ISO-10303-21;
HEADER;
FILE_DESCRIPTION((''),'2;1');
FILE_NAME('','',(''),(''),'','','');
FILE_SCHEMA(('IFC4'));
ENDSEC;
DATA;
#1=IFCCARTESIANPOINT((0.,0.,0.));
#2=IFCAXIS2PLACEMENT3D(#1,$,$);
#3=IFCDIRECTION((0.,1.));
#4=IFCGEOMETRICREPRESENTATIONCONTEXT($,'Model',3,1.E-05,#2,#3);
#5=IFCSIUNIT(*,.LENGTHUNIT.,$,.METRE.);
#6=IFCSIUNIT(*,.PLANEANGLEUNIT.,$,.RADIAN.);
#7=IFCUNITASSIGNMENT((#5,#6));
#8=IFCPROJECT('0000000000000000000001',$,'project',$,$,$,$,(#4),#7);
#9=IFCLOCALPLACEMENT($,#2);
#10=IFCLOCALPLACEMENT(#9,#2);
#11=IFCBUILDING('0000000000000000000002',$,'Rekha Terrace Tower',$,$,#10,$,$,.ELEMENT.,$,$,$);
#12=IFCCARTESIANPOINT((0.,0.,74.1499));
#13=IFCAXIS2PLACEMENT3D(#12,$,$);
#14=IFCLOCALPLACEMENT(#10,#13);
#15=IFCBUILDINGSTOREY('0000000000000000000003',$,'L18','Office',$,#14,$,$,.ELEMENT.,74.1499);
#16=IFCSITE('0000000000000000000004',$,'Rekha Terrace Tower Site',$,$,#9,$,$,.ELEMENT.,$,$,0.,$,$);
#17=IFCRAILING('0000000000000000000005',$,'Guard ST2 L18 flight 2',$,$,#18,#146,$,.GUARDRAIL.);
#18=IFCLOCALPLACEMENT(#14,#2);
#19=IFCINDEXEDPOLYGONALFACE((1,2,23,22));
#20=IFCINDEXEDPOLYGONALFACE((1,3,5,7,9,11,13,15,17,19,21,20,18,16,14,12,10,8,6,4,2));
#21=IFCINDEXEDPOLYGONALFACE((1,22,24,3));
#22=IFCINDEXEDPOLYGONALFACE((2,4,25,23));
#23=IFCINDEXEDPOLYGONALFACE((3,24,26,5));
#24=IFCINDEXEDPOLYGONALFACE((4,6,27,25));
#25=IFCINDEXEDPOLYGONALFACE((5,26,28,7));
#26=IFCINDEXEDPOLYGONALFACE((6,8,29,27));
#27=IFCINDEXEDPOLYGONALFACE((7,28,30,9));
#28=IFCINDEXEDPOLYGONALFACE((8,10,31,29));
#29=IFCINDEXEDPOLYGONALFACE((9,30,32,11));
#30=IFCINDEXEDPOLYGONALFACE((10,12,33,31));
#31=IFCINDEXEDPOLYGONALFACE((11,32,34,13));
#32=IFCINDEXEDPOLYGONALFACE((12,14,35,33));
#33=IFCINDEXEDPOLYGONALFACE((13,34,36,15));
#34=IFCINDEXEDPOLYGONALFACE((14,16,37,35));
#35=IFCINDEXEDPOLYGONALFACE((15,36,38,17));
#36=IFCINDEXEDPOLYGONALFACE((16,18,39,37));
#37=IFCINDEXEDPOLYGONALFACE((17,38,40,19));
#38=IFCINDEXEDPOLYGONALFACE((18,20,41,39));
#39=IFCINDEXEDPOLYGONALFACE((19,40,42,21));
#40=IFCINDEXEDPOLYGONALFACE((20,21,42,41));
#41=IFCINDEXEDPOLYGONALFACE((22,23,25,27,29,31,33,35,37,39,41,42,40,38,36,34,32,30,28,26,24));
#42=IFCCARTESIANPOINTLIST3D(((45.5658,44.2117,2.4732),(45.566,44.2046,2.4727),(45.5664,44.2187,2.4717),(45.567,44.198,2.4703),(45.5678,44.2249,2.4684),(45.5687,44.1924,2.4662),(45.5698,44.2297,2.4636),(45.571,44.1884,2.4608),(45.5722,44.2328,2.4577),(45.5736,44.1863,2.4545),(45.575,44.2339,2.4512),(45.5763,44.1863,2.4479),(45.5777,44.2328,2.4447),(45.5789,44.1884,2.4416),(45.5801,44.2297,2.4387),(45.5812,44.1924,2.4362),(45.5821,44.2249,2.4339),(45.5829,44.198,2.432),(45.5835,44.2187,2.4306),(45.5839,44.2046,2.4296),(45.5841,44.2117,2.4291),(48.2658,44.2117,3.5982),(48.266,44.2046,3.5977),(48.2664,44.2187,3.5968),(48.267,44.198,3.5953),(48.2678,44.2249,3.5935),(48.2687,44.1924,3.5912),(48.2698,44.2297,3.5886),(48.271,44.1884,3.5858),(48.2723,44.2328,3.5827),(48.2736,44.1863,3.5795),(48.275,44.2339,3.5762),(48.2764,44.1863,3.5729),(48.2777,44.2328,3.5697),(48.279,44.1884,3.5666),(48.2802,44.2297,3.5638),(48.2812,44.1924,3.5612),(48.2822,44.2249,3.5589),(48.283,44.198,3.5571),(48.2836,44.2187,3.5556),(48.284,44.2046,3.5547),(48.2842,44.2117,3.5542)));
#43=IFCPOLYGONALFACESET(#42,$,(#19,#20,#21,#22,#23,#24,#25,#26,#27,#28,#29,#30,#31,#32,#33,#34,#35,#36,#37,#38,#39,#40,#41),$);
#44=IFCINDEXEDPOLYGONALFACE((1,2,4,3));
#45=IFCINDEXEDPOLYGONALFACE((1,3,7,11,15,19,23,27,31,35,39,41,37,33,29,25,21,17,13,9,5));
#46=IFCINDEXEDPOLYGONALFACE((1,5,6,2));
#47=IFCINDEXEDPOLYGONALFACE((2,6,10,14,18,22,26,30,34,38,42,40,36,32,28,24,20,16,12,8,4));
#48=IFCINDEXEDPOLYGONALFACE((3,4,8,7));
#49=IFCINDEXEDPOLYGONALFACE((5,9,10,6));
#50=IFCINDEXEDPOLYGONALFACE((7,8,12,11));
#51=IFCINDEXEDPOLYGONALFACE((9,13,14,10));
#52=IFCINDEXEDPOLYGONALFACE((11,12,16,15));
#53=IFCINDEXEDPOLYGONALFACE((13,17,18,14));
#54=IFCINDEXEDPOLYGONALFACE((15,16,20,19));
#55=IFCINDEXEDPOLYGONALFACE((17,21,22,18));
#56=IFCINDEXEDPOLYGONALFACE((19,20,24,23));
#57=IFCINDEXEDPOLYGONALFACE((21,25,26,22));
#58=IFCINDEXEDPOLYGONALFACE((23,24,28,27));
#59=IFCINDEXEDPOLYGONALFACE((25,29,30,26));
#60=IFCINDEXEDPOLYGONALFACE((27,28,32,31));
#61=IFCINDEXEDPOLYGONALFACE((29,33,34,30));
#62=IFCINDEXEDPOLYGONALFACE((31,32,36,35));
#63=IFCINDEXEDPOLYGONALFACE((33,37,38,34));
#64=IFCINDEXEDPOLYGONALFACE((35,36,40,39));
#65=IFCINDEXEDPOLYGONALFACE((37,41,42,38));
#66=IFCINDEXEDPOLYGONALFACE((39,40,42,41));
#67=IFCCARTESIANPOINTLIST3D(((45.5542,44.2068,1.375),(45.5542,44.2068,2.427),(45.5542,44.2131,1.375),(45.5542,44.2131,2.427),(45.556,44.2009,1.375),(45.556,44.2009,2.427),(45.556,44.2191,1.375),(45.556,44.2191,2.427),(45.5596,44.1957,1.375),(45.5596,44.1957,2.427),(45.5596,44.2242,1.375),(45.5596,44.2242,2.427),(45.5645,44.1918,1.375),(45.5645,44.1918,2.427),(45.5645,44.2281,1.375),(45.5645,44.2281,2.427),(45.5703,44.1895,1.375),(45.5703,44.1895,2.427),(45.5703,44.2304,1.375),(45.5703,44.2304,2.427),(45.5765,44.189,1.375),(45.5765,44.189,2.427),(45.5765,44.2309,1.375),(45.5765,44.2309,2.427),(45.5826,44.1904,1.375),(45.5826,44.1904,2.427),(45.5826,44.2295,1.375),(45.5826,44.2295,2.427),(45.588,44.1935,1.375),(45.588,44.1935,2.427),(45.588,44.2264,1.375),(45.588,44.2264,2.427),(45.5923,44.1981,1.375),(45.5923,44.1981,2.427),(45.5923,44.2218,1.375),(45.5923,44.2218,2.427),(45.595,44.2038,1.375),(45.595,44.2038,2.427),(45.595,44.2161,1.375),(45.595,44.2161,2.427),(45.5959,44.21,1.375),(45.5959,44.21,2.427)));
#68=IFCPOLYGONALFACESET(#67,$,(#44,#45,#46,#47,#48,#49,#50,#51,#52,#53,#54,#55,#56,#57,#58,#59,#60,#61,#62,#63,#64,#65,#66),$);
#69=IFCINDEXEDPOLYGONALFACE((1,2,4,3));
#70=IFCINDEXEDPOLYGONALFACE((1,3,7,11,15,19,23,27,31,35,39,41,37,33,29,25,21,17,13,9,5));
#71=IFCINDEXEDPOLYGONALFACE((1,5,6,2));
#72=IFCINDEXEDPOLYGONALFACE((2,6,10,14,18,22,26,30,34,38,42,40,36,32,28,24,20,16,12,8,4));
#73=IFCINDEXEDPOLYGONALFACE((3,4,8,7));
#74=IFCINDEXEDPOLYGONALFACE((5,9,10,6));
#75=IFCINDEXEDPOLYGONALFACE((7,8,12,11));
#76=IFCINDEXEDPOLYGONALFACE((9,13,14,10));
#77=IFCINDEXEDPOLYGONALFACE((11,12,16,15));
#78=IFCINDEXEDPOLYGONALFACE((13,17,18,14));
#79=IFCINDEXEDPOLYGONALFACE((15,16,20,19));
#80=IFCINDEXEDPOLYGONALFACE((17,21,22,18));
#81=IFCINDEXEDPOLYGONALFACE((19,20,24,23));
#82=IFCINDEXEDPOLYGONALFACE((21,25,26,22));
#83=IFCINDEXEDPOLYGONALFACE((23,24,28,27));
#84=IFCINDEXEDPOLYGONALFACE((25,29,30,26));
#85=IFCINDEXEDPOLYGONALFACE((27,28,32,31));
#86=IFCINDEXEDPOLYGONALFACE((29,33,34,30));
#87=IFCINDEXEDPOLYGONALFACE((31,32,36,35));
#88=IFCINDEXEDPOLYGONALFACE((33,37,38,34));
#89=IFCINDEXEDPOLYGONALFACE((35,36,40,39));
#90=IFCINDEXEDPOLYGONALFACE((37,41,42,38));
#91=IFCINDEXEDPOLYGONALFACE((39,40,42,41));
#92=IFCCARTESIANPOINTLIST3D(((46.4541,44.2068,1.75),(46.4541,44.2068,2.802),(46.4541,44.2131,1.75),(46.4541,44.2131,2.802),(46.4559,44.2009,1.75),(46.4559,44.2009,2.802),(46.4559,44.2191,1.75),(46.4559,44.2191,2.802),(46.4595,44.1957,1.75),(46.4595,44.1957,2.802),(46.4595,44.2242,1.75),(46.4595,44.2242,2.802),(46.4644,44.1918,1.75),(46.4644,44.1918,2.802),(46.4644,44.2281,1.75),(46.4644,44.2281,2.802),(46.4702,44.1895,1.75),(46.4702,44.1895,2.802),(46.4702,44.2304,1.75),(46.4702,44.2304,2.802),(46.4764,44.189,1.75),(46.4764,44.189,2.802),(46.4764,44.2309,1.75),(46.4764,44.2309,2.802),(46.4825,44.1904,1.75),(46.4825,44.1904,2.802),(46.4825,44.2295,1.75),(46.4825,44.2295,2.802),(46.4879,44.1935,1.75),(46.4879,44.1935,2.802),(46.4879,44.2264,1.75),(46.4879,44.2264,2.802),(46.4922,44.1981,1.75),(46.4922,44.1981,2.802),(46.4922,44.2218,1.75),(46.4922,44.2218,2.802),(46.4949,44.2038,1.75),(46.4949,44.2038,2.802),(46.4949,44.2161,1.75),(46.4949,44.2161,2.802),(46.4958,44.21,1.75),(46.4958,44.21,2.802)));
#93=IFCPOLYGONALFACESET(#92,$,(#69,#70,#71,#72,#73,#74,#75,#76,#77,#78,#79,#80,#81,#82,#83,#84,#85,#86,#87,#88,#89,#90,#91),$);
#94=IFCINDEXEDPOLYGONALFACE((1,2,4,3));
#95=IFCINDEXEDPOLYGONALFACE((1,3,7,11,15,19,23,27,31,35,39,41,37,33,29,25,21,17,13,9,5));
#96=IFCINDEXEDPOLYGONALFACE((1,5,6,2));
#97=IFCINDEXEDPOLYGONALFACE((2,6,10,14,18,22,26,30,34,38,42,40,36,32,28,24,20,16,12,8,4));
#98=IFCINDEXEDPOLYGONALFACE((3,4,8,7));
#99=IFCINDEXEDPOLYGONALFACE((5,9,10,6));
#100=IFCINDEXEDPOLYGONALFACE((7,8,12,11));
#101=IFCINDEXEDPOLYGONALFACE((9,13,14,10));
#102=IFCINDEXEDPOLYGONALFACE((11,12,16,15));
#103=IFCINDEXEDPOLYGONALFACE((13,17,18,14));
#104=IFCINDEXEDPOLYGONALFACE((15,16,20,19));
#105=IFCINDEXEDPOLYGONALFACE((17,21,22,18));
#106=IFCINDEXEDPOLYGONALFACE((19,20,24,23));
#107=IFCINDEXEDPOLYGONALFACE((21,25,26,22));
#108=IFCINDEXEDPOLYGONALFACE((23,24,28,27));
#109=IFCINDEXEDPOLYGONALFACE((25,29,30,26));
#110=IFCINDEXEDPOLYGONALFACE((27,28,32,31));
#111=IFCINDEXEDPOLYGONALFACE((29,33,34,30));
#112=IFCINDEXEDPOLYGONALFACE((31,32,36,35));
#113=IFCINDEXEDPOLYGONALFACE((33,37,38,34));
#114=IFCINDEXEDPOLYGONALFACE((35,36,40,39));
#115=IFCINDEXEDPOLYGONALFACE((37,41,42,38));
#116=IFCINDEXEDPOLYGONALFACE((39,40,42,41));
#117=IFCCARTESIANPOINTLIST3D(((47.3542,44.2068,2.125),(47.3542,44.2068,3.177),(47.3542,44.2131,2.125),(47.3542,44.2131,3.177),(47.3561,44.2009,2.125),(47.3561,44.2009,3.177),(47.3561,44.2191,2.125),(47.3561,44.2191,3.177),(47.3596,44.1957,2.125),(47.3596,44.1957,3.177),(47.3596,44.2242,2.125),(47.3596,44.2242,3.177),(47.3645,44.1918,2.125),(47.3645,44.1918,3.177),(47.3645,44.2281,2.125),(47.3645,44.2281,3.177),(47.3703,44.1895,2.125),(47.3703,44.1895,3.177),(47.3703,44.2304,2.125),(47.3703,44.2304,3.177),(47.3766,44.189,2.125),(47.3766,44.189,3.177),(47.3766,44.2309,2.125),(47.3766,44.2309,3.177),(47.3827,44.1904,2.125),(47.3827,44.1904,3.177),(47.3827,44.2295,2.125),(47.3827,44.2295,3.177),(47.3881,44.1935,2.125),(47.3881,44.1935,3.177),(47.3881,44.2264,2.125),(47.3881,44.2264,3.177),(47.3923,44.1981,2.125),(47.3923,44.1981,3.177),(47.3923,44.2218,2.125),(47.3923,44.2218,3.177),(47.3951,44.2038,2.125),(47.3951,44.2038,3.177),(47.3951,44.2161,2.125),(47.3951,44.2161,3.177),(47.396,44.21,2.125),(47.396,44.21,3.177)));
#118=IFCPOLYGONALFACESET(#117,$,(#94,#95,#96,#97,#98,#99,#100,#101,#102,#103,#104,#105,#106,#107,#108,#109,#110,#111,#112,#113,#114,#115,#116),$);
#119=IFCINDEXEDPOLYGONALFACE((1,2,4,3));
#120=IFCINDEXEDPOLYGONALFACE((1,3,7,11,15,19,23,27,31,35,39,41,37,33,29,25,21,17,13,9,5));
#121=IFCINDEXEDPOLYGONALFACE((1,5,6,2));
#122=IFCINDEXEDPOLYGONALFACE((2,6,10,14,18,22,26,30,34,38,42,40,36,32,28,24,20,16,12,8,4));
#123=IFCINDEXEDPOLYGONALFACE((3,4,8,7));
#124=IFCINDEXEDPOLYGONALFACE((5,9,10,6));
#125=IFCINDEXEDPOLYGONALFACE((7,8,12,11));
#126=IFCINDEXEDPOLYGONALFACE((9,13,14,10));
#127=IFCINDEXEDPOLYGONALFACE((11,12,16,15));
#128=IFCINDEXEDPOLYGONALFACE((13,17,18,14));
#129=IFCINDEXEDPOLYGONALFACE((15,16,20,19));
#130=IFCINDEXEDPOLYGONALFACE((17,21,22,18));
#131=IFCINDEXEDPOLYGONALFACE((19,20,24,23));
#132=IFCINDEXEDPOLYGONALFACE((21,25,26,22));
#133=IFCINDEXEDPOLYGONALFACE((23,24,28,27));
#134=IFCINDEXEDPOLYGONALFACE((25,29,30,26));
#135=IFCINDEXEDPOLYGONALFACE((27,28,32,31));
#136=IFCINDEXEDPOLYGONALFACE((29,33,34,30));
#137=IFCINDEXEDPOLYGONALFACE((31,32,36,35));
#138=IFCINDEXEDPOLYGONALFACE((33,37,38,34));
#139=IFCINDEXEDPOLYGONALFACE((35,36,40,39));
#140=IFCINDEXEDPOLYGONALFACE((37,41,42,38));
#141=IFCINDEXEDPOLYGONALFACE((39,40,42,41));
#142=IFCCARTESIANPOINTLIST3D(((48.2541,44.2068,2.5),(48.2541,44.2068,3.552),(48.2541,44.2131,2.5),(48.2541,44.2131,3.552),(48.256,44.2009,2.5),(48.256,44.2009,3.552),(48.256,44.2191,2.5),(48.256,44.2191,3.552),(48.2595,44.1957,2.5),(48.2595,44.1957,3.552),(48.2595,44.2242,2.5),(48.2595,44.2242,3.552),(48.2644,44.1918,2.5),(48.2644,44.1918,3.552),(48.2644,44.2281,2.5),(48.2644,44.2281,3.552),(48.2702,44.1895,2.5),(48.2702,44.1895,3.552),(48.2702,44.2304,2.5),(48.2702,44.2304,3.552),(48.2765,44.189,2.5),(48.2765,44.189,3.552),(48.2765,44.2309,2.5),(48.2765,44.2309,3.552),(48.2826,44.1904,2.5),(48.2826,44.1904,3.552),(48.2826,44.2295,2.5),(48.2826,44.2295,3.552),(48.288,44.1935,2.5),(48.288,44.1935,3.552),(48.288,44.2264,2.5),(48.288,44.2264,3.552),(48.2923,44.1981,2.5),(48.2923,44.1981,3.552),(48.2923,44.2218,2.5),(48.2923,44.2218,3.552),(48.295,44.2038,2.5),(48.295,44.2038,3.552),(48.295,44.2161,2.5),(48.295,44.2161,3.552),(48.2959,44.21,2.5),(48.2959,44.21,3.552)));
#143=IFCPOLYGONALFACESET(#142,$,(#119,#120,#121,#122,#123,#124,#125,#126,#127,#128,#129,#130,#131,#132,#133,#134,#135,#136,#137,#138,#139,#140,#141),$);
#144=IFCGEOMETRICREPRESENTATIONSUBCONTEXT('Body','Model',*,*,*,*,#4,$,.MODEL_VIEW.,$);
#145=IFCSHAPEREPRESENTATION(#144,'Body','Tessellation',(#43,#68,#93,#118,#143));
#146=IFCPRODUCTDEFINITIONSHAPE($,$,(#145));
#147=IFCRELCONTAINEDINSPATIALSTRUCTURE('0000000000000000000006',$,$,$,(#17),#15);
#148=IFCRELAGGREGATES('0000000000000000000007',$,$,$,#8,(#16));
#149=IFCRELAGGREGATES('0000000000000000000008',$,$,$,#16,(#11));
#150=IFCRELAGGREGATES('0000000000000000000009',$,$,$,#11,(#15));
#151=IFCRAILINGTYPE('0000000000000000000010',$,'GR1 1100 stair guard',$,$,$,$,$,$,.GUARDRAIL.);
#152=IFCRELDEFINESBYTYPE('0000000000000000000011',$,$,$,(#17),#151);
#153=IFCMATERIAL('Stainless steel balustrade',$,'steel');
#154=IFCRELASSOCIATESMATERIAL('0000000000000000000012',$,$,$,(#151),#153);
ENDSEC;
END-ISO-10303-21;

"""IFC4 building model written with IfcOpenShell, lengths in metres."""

from ifc_helpers import new_model, si_unit, direction, frame, origin, origin_2d, place, context, subcontext, project, spatial, circle, extrude, material, type_object, element, save


model = new_model("IFC4")

# Units and contexts
model_context = context("Model", 3, precision=1e-05, world=origin(), true_north=direction((0.0, 1.0)))
body_context = subcontext(model_context, "Body", "Model", "MODEL_VIEW")
ifc_project = project(units=[si_unit("LENGTHUNIT", "METRE"), si_unit("PLANEANGLEUNIT", "RADIAN")], contexts=[model_context])

# Site, building, storey
site_placement = place(None, origin())
site = spatial("IfcSite", under=ifc_project, at=site_placement, Name="Rekha Terrace Tower Site", CompositionType="ELEMENT", RefElevation=0.0)
building_placement = place(site_placement, origin())
building = spatial("IfcBuilding", under=site, at=building_placement, Name="Rekha Terrace Tower", CompositionType="ELEMENT")
storey_placement = place(building_placement, frame((0.0, 0.0, 74.1499)))
storey = spatial("IfcBuildingStorey", under=building, at=storey_placement, Name="L18", Description="Office", CompositionType="ELEMENT", Elevation=74.1499)

# Railing
ifc_material_1 = material(Name="Stainless steel balustrade", Category="steel")
railing_type_1 = type_object("IfcRailingType", Name="GR1 1100 stair guard", PredefinedType="GUARDRAIL", material=ifc_material_1)
railing_1_placement = place(storey_placement, frame((45.575, 44.21, 1.375)))
element("IfcRailing", 1, at=railing_1_placement, inside=storey, type_object=railing_type_1, Name="Guard ST2 L18 flight 2", PredefinedType="GUARDRAIL", context=body_context, shape_type="SweptSolid", body=[
    extrude(circle(Radius=0.0239, at=origin_2d()), frame((0.0, 0.0, 1.0762), z_axis=(0.923074, 0.0, 0.384621), x_axis=(0.0, 1.0, 0.0)), (0.0, 0.0, 1.0), 2.925),
    extrude(circle(Radius=0.021, at=origin_2d()), origin(), (0.0, 0.0, 1.0), 1.052),
    extrude(circle(Radius=0.021, at=origin_2d()), frame((0.8999, 0.0, 0.375)), (0.0, 0.0, 1.0), 1.052),
    extrude(circle(Radius=0.021, at=origin_2d()), frame((1.8, 0.0, 0.75)), (0.0, 0.0, 1.0), 1.052),
    extrude(circle(Radius=0.021, at=origin_2d()), frame((2.7, 0.0, 1.125)), (0.0, 0.0, 1.0), 1.052),
])

save(model, "model.ifc")
